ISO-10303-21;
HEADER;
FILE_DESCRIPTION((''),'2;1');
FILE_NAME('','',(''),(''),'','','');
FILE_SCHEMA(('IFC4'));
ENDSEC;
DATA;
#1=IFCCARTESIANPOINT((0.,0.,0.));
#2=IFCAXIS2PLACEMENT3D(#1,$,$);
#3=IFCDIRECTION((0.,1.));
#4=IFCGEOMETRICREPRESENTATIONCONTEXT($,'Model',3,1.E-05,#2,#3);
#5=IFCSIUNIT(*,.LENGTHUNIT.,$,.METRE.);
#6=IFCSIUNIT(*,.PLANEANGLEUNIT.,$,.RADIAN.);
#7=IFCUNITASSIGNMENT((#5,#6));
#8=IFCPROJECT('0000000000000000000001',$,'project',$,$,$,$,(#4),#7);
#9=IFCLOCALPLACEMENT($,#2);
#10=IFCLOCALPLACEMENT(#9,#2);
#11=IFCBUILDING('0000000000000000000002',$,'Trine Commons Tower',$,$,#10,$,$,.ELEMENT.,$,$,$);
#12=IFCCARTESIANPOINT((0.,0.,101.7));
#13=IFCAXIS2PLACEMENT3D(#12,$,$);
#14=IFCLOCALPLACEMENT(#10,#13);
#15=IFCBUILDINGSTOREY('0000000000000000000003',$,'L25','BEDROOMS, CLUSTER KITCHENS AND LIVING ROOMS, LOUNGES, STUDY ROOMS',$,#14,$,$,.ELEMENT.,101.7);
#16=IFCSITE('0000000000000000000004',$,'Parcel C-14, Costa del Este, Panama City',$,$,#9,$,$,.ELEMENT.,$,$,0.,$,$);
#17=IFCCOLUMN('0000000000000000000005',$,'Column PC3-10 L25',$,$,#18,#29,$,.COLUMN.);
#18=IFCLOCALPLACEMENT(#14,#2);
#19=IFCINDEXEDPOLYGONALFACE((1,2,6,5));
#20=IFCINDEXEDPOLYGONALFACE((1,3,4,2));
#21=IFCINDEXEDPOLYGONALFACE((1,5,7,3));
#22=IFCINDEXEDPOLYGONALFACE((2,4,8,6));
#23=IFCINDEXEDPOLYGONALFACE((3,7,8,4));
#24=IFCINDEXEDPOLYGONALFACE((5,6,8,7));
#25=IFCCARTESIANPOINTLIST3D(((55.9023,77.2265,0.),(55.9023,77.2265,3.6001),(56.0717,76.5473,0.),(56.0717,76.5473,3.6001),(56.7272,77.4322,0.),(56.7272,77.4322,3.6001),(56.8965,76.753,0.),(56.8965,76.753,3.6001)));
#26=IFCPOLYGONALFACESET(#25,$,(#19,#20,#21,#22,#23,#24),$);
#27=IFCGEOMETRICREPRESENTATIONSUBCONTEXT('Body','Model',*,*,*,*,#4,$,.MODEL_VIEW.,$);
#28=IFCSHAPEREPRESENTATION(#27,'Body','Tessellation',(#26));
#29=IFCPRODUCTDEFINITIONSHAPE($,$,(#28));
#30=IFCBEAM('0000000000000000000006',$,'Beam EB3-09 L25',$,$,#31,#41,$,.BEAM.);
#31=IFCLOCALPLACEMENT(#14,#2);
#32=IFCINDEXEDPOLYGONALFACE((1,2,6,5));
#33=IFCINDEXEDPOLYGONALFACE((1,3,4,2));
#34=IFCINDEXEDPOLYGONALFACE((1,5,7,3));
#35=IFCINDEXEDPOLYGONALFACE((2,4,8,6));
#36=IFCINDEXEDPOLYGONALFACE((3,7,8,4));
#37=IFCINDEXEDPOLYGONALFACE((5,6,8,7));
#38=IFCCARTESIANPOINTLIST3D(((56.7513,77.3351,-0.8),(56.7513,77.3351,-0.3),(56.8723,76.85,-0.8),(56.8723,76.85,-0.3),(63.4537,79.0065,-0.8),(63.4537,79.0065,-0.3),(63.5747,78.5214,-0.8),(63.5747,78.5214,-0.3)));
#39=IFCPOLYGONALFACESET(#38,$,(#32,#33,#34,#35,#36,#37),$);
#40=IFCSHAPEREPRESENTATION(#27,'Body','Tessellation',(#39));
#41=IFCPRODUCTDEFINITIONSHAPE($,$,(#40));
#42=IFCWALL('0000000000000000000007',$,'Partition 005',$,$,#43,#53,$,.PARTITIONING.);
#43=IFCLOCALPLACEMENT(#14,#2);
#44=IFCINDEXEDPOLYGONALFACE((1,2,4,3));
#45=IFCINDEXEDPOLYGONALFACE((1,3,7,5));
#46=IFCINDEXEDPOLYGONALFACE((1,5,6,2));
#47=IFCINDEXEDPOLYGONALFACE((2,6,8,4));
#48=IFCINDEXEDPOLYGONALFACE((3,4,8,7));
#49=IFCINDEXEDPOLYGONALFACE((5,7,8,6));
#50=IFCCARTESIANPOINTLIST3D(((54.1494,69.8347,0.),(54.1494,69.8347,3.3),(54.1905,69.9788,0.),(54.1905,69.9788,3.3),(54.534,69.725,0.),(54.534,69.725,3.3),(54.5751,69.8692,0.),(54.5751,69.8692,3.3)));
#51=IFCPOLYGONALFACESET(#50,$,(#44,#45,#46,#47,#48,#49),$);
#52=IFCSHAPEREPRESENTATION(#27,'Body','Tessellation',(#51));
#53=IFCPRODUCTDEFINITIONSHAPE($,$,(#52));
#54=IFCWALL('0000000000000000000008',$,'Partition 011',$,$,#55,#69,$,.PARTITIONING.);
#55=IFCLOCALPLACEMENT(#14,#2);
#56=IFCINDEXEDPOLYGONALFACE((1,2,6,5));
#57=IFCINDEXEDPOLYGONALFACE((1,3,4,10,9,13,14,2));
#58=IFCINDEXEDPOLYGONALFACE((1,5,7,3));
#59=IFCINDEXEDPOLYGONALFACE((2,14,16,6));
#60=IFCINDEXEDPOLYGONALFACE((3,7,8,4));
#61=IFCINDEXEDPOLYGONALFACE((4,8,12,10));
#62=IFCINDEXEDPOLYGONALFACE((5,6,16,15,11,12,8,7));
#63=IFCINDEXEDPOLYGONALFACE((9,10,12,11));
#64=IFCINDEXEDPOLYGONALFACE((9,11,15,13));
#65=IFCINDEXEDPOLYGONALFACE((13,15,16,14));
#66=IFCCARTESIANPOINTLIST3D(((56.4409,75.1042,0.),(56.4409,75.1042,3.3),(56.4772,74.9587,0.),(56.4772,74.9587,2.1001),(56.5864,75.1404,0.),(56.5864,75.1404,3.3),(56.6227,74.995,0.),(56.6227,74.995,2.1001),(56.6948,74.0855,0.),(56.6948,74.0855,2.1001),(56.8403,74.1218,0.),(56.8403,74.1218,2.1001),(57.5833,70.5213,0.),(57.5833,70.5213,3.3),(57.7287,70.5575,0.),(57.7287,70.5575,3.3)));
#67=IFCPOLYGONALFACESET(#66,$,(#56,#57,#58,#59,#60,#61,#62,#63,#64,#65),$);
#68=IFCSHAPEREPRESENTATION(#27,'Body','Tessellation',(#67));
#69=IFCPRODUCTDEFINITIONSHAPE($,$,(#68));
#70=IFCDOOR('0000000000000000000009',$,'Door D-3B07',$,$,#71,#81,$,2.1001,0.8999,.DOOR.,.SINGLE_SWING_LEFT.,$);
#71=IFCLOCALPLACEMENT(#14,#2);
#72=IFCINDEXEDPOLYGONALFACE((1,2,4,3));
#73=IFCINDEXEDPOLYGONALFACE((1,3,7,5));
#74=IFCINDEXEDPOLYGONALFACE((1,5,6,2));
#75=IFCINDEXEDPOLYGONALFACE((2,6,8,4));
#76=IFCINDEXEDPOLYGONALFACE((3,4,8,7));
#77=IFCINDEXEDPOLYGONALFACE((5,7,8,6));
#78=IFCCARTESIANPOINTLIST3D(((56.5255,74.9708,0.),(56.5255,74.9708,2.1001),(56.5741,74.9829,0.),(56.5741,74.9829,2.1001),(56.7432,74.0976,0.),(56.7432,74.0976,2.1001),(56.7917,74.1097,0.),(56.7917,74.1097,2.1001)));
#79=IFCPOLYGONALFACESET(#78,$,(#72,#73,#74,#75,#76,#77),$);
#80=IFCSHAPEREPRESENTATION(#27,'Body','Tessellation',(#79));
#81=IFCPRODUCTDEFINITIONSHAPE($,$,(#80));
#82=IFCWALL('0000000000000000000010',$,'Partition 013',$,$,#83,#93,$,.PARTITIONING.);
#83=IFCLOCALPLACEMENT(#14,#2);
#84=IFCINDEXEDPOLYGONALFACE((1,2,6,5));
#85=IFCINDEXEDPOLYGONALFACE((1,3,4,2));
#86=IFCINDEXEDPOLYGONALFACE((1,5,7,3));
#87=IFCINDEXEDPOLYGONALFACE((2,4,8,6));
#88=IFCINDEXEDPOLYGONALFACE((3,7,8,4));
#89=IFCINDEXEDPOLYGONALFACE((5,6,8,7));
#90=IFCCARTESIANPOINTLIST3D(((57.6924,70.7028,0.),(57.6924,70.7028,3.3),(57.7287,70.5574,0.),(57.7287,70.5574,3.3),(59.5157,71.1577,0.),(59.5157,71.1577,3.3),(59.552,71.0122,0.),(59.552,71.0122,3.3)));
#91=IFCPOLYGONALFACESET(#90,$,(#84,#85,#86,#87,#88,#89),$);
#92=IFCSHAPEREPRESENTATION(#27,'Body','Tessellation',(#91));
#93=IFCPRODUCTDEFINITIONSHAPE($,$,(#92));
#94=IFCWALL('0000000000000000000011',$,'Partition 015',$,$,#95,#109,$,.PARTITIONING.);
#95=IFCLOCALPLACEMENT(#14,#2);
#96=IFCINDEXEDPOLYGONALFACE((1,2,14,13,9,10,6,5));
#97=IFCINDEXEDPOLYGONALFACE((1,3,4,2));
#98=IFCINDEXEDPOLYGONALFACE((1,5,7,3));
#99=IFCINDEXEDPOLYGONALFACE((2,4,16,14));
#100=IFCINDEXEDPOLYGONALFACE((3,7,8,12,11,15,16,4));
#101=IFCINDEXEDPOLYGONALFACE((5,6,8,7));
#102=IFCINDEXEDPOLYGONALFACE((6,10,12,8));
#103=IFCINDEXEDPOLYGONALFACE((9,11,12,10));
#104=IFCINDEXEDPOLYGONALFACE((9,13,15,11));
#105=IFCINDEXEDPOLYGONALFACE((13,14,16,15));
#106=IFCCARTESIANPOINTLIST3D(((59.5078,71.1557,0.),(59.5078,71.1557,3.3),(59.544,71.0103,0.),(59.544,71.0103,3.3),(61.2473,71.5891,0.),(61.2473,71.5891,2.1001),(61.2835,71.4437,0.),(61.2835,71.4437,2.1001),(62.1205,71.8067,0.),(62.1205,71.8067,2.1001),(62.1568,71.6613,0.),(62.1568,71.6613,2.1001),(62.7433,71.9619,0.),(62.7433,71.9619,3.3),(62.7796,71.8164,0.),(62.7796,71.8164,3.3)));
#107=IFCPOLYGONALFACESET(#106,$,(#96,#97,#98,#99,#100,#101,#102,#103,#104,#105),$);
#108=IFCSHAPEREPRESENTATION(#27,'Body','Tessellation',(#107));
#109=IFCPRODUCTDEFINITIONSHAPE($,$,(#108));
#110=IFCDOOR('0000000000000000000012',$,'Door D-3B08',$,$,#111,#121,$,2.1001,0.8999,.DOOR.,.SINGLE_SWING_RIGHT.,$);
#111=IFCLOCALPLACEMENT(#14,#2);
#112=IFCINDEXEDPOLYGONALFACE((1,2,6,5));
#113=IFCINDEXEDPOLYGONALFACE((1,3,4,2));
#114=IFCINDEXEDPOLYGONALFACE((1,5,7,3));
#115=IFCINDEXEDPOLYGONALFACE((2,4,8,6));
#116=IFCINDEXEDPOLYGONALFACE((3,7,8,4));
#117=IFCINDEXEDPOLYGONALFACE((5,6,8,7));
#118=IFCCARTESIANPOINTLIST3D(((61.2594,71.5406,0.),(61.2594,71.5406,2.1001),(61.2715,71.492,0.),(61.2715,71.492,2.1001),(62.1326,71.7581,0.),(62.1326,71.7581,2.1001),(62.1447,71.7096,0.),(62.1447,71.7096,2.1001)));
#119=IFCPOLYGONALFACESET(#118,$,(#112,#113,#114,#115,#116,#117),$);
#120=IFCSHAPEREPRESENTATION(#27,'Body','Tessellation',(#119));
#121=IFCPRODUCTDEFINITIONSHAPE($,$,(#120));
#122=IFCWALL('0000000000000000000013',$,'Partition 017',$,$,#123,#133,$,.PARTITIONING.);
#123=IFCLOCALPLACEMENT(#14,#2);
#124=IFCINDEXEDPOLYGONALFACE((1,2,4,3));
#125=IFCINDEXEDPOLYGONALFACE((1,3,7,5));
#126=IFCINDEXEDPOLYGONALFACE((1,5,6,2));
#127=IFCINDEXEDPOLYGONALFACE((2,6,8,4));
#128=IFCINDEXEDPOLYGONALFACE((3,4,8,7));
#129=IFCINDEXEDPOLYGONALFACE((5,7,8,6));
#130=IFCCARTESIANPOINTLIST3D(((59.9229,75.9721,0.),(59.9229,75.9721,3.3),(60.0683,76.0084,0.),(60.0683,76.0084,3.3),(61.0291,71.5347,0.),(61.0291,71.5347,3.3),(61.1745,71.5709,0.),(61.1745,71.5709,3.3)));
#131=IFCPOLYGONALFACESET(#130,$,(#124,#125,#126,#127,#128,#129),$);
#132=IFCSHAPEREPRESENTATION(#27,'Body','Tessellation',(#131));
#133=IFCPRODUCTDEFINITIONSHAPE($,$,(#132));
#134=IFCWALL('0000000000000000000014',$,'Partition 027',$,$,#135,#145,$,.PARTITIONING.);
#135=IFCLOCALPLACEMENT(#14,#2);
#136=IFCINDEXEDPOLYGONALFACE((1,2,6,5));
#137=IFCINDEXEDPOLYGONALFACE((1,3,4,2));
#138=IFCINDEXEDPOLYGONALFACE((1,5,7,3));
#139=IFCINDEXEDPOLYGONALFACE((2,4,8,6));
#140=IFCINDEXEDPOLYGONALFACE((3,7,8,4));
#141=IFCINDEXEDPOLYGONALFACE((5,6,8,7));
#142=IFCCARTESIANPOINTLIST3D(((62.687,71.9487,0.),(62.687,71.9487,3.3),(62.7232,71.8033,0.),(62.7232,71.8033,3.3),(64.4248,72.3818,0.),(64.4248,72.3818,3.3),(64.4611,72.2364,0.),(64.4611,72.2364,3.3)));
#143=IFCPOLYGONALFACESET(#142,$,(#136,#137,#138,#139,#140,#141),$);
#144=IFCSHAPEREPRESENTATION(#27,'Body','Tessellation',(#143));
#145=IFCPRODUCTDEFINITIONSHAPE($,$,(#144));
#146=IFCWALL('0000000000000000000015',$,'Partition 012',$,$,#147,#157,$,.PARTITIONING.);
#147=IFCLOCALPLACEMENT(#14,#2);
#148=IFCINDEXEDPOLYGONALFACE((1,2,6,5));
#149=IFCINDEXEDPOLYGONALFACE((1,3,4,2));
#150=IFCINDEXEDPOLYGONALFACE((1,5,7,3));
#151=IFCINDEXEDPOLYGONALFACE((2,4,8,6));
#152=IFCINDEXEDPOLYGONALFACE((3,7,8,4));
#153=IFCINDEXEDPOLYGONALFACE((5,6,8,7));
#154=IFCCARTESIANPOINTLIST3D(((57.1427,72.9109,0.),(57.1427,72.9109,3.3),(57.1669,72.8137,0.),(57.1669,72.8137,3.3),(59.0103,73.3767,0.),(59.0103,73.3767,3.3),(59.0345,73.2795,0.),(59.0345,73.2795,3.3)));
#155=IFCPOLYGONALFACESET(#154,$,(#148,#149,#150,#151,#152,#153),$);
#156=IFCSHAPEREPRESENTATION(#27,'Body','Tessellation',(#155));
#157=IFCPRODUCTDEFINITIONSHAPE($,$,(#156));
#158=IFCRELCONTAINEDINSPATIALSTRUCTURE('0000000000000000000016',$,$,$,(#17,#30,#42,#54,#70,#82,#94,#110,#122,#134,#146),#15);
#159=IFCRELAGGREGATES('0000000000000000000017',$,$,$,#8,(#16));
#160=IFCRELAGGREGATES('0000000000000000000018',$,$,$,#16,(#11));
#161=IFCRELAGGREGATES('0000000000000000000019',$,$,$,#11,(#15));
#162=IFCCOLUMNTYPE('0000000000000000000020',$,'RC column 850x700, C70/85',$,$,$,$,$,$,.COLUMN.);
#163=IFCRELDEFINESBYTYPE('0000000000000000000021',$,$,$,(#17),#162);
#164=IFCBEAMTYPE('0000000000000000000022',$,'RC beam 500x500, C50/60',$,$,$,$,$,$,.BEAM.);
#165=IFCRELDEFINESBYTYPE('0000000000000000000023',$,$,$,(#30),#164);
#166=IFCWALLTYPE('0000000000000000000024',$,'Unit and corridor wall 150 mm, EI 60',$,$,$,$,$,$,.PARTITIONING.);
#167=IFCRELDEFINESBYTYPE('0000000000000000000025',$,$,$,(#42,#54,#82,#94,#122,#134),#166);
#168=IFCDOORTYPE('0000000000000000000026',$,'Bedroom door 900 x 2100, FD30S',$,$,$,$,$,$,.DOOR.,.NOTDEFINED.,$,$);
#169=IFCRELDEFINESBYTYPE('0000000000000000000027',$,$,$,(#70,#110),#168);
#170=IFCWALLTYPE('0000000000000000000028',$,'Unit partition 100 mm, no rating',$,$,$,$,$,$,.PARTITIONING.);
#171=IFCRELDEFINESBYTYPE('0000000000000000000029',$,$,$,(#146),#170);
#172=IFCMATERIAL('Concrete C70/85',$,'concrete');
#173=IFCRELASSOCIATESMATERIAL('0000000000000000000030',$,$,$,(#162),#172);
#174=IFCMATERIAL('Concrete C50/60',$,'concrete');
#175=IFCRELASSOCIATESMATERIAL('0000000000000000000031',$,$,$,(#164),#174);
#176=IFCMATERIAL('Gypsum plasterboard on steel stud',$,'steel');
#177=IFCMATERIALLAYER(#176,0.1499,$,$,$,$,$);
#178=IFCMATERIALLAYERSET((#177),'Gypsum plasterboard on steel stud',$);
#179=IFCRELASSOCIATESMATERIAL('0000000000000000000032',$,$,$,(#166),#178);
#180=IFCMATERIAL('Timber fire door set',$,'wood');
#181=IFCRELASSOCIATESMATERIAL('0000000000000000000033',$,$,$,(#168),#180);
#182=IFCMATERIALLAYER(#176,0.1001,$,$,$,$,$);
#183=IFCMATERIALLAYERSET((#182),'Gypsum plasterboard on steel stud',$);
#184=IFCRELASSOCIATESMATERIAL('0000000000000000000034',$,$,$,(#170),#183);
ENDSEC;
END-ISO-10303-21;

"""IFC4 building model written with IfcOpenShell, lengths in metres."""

from ifc_helpers import new_model, si_unit, direction, frame, frame_2d, origin, origin_2d, place, context, subcontext, project, spatial, rectangle, extrude, material, layer, layer_set, material_profile, profile_set, type_object, element, fill, save


model = new_model("IFC4")

# Units and contexts
model_context = context("Model", 3, precision=1e-05, world=origin(), true_north=direction((0.0, 1.0)))
body_context = subcontext(model_context, "Body", "Model", "MODEL_VIEW")
ifc_project = project(units=[si_unit("LENGTHUNIT", "METRE"), si_unit("PLANEANGLEUNIT", "RADIAN")], contexts=[model_context])

# Site, building, storey
site_placement = place(None, origin())
site = spatial("IfcSite", under=ifc_project, at=site_placement, Name="Parcel C-14, Costa del Este, Panama City", CompositionType="ELEMENT", RefElevation=0.0)
building_placement = place(site_placement, origin())
building = spatial("IfcBuilding", under=site, at=building_placement, Name="Trine Commons Tower", CompositionType="ELEMENT")
storey_placement = place(building_placement, frame((0.0, 0.0, 101.7)))
storey = spatial("IfcBuildingStorey", under=building, at=storey_placement, Name="L25", Description="BEDROOMS, CLUSTER KITCHENS AND LIVING ROOMS, LOUNGES, STUDY ROOMS", CompositionType="ELEMENT", Elevation=101.7)

# Column
ifc_material_1 = material(Name="Concrete C70/85", Category="concrete")
ifc_material_profile_1 = material_profile(ifc_material_1, rectangle(XDim=0.8501, YDim=0.7, at=origin_2d()), Name="RC 850x700")
ifc_profile_set_1 = profile_set([ifc_material_profile_1], Name="Concrete C70/85")
column_type = type_object("IfcColumnType", Name="RC column 850x700, C70/85", PredefinedType="COLUMN", material=ifc_profile_set_1)
column_placement = place(storey_placement, frame((56.3994, 76.9897, 0.0), z_axis=(0.0, 0.0, 1.0), x_axis=(0.970296, 0.241922, 0.0)))
element("IfcColumn", 1, at=column_placement, inside=storey, type_object=column_type, Name="Column PC3-10 L25", PredefinedType="COLUMN", context=body_context, shape_type="SweptSolid", body=[
    extrude(rectangle(XDim=0.8501, YDim=0.7, at=origin_2d()), origin(), (0.0, 0.0, 1.0), 3.6001),
])

# Beam
ifc_material_2 = material(Name="Concrete C50/60", Category="concrete")
ifc_material_profile_2 = material_profile(ifc_material_2, rectangle(XDim=0.5, YDim=0.5, at=origin_2d()), Name="RC 500x500")
ifc_profile_set_2 = profile_set([ifc_material_profile_2], Name="Concrete C50/60")
beam_type = type_object("IfcBeamType", Name="RC beam 500x500, C50/60", PredefinedType="BEAM", material=ifc_profile_set_2)
beam_placement = place(storey_placement, frame((56.8118, 77.0925, -0.55), z_axis=(0.970286, 0.241962, 0.0), x_axis=(-0.241962, 0.970286, 0.0)))
element("IfcBeam", 2, at=beam_placement, inside=storey, type_object=beam_type, Name="Beam EB3-09 L25", PredefinedType="BEAM", context=body_context, shape_type="SweptSolid", body=[
    extrude(rectangle(XDim=0.5, YDim=0.5, at=origin_2d()), origin(), (0.0, 0.0, 1.0), 6.9077),
])

# Wall
ifc_material_3 = material(Name="Gypsum plasterboard on steel stud", Category="steel")
ifc_layer_1 = layer(ifc_material_3, 0.1499)
ifc_layer_set_1 = layer_set([ifc_layer_1], Name="Gypsum plasterboard on steel stud")
wall_type_1 = type_object("IfcWallType", Name="Unit and corridor wall 150 mm, EI 60", PredefinedType="PARTITIONING", material=ifc_layer_set_1)
wall_1_placement = place(storey_placement, frame((54.1699, 69.9067, 0.0), z_axis=(0.0, 0.0, 1.0), x_axis=(0.961685, -0.274157, 0.0)))
element("IfcWall", 3, at=wall_1_placement, inside=storey, type_object=wall_type_1, Name="Partition 005", PredefinedType="PARTITIONING", context=body_context, shape_type="SweptSolid", body=[
    extrude(rectangle(XDim=0.3999, YDim=0.1499, at=frame_2d((0.2, 0.0))), origin(), (0.0, 0.0, 1.0), 3.3),
])

# Wall, opening, door
wall_2_placement = place(storey_placement, frame((56.5137, 75.1223, 0.0), z_axis=(0.0, 0.0, 1.0), x_axis=(0.241854, -0.970313, 0.0)))
wall_2 = element("IfcWall", 4, at=wall_2_placement, inside=storey, type_object=wall_type_1, Name="Partition 011", PredefinedType="PARTITIONING", context=body_context, shape_type="SweptSolid", body=[
    extrude(rectangle(XDim=4.7231, YDim=0.1499, at=frame_2d((2.3616, 0.0))), origin(), (0.0, 0.0, 1.0), 3.3),
])
opening_1_placement = place(wall_2_placement, frame((0.1499, 0.0, 0.0)))
opening_1 = element("IfcOpeningElement", 5, at=opening_1_placement, cuts=wall_2, PredefinedType="OPENING", context=body_context, shape_type="SweptSolid", body=[
    extrude(rectangle(XDim=0.8999, YDim=2.1001, at=frame_2d((0.45, 1.05))), frame((0.0, 0.085, 0.0), z_axis=(0.0, -1.0, 0.0), x_axis=(1.0, 0.0, 0.0)), (0.0, 0.0, 1.0), 0.1699),
])
ifc_material_4 = material(Name="Timber fire door set", Category="wood")
door_type_1 = type_object("IfcDoorType", Name="Bedroom door 900 x 2100, FD30S", OperationType="NOTDEFINED", PredefinedType="DOOR", material=ifc_material_4)
door_1_placement = place(opening_1_placement, origin())
door_1 = element("IfcDoor", 6, at=door_1_placement, inside=storey, type_object=door_type_1, Name="Door D-3B07", OperationType="SINGLE_SWING_LEFT", OverallHeight=2.1001, OverallWidth=0.8999, PredefinedType="DOOR", context=body_context, shape_type="SweptSolid", body=[
    extrude(rectangle(XDim=0.8999, YDim=2.1001, at=frame_2d((0.45, 1.05))), frame((0.0, 0.0249, 0.0), z_axis=(0.0, -1.0, 0.0), x_axis=(1.0, 0.0, 0.0)), (0.0, 0.0, 1.0), 0.05),
])
fill(opening_1, door_1)

# Wall
wall_3_placement = place(storey_placement, frame((57.7107, 70.6301, 0.0), z_axis=(0.0, 0.0, 1.0), x_axis=(0.970265, 0.242046, 0.0)))
element("IfcWall", 7, at=wall_3_placement, inside=storey, type_object=wall_type_1, Name="Partition 013", PredefinedType="PARTITIONING", context=body_context, shape_type="SweptSolid", body=[
    extrude(rectangle(XDim=1.8792, YDim=0.1499, at=frame_2d((0.9395, 0.0))), origin(), (0.0, 0.0, 1.0), 3.3),
])

# Wall, opening, door
wall_4_placement = place(storey_placement, frame((59.5259, 71.083, 0.0), z_axis=(0.0, 0.0, 1.0), x_axis=(0.970336, 0.24176, 0.0)))
wall_4 = element("IfcWall", 8, at=wall_4_placement, inside=storey, type_object=wall_type_1, Name="Partition 015", PredefinedType="PARTITIONING", context=body_context, shape_type="SweptSolid", body=[
    extrude(rectangle(XDim=3.3345, YDim=0.1499, at=frame_2d((1.6672, 0.0))), origin(), (0.0, 0.0, 1.0), 3.3),
])
opening_2_placement = place(wall_4_placement, frame((1.7927, 0.0, 0.0)))
opening_2 = element("IfcOpeningElement", 9, at=opening_2_placement, cuts=wall_4, PredefinedType="OPENING", context=body_context, shape_type="SweptSolid", body=[
    extrude(rectangle(XDim=0.8999, YDim=2.1001, at=frame_2d((0.45, 1.05))), frame((0.0, 0.085, 0.0), z_axis=(0.0, -1.0, 0.0), x_axis=(1.0, 0.0, 0.0)), (0.0, 0.0, 1.0), 0.1699),
])
door_2_placement = place(opening_2_placement, origin())
door_2 = element("IfcDoor", 10, at=door_2_placement, inside=storey, type_object=door_type_1, Name="Door D-3B08", OperationType="SINGLE_SWING_RIGHT", OverallHeight=2.1001, OverallWidth=0.8999, PredefinedType="DOOR", context=body_context, shape_type="SweptSolid", body=[
    extrude(rectangle(XDim=0.8999, YDim=2.1001, at=frame_2d((0.45, 1.05))), frame((0.0, 0.0249, 0.0), z_axis=(0.0, -1.0, 0.0), x_axis=(1.0, 0.0, 0.0)), (0.0, 0.0, 1.0), 0.05),
])
fill(opening_2, door_2)

# Walls
wall_5_placement = place(storey_placement, frame((59.9956, 75.9902, 0.0), z_axis=(0.0, 0.0, 1.0), x_axis=(0.241882, -0.970306, 0.0)))
element("IfcWall", 11, at=wall_5_placement, inside=storey, type_object=wall_type_1, Name="Partition 017", PredefinedType="PARTITIONING", context=body_context, shape_type="SweptSolid", body=[
    extrude(rectangle(XDim=4.5732, YDim=0.1499, at=frame_2d((2.2866, 0.0))), origin(), (0.0, 0.0, 1.0), 3.3),
])
wall_6_placement = place(storey_placement, frame((62.7051, 71.876, 0.0), z_axis=(0.0, 0.0, 1.0), x_axis=(0.970319, 0.24183, 0.0)))
element("IfcWall", 12, at=wall_6_placement, inside=storey, type_object=wall_type_1, Name="Partition 027", PredefinedType="PARTITIONING", context=body_context, shape_type="SweptSolid", body=[
    extrude(rectangle(XDim=1.791, YDim=0.1499, at=frame_2d((0.8955, 0.0))), origin(), (0.0, 0.0, 1.0), 3.3),
])
ifc_layer_2 = layer(ifc_material_3, 0.1001)
ifc_layer_set_2 = layer_set([ifc_layer_2], Name="Gypsum plasterboard on steel stud")
wall_type_2 = type_object("IfcWallType", Name="Unit partition 100 mm, no rating", PredefinedType="PARTITIONING", material=ifc_layer_set_2)
wall_7_placement = place(storey_placement, frame((57.1548, 72.8623, 0.0), z_axis=(0.0, 0.0, 1.0), x_axis=(0.970277, 0.241998, 0.0)))
element("IfcWall", 13, at=wall_7_placement, inside=storey, type_object=wall_type_2, Name="Partition 012", PredefinedType="PARTITIONING", context=body_context, shape_type="SweptSolid", body=[
    extrude(rectangle(XDim=1.9248, YDim=0.1001, at=frame_2d((0.9624, 0.0))), origin(), (0.0, 0.0, 1.0), 3.3),
])

save(model, "model.ifc")
